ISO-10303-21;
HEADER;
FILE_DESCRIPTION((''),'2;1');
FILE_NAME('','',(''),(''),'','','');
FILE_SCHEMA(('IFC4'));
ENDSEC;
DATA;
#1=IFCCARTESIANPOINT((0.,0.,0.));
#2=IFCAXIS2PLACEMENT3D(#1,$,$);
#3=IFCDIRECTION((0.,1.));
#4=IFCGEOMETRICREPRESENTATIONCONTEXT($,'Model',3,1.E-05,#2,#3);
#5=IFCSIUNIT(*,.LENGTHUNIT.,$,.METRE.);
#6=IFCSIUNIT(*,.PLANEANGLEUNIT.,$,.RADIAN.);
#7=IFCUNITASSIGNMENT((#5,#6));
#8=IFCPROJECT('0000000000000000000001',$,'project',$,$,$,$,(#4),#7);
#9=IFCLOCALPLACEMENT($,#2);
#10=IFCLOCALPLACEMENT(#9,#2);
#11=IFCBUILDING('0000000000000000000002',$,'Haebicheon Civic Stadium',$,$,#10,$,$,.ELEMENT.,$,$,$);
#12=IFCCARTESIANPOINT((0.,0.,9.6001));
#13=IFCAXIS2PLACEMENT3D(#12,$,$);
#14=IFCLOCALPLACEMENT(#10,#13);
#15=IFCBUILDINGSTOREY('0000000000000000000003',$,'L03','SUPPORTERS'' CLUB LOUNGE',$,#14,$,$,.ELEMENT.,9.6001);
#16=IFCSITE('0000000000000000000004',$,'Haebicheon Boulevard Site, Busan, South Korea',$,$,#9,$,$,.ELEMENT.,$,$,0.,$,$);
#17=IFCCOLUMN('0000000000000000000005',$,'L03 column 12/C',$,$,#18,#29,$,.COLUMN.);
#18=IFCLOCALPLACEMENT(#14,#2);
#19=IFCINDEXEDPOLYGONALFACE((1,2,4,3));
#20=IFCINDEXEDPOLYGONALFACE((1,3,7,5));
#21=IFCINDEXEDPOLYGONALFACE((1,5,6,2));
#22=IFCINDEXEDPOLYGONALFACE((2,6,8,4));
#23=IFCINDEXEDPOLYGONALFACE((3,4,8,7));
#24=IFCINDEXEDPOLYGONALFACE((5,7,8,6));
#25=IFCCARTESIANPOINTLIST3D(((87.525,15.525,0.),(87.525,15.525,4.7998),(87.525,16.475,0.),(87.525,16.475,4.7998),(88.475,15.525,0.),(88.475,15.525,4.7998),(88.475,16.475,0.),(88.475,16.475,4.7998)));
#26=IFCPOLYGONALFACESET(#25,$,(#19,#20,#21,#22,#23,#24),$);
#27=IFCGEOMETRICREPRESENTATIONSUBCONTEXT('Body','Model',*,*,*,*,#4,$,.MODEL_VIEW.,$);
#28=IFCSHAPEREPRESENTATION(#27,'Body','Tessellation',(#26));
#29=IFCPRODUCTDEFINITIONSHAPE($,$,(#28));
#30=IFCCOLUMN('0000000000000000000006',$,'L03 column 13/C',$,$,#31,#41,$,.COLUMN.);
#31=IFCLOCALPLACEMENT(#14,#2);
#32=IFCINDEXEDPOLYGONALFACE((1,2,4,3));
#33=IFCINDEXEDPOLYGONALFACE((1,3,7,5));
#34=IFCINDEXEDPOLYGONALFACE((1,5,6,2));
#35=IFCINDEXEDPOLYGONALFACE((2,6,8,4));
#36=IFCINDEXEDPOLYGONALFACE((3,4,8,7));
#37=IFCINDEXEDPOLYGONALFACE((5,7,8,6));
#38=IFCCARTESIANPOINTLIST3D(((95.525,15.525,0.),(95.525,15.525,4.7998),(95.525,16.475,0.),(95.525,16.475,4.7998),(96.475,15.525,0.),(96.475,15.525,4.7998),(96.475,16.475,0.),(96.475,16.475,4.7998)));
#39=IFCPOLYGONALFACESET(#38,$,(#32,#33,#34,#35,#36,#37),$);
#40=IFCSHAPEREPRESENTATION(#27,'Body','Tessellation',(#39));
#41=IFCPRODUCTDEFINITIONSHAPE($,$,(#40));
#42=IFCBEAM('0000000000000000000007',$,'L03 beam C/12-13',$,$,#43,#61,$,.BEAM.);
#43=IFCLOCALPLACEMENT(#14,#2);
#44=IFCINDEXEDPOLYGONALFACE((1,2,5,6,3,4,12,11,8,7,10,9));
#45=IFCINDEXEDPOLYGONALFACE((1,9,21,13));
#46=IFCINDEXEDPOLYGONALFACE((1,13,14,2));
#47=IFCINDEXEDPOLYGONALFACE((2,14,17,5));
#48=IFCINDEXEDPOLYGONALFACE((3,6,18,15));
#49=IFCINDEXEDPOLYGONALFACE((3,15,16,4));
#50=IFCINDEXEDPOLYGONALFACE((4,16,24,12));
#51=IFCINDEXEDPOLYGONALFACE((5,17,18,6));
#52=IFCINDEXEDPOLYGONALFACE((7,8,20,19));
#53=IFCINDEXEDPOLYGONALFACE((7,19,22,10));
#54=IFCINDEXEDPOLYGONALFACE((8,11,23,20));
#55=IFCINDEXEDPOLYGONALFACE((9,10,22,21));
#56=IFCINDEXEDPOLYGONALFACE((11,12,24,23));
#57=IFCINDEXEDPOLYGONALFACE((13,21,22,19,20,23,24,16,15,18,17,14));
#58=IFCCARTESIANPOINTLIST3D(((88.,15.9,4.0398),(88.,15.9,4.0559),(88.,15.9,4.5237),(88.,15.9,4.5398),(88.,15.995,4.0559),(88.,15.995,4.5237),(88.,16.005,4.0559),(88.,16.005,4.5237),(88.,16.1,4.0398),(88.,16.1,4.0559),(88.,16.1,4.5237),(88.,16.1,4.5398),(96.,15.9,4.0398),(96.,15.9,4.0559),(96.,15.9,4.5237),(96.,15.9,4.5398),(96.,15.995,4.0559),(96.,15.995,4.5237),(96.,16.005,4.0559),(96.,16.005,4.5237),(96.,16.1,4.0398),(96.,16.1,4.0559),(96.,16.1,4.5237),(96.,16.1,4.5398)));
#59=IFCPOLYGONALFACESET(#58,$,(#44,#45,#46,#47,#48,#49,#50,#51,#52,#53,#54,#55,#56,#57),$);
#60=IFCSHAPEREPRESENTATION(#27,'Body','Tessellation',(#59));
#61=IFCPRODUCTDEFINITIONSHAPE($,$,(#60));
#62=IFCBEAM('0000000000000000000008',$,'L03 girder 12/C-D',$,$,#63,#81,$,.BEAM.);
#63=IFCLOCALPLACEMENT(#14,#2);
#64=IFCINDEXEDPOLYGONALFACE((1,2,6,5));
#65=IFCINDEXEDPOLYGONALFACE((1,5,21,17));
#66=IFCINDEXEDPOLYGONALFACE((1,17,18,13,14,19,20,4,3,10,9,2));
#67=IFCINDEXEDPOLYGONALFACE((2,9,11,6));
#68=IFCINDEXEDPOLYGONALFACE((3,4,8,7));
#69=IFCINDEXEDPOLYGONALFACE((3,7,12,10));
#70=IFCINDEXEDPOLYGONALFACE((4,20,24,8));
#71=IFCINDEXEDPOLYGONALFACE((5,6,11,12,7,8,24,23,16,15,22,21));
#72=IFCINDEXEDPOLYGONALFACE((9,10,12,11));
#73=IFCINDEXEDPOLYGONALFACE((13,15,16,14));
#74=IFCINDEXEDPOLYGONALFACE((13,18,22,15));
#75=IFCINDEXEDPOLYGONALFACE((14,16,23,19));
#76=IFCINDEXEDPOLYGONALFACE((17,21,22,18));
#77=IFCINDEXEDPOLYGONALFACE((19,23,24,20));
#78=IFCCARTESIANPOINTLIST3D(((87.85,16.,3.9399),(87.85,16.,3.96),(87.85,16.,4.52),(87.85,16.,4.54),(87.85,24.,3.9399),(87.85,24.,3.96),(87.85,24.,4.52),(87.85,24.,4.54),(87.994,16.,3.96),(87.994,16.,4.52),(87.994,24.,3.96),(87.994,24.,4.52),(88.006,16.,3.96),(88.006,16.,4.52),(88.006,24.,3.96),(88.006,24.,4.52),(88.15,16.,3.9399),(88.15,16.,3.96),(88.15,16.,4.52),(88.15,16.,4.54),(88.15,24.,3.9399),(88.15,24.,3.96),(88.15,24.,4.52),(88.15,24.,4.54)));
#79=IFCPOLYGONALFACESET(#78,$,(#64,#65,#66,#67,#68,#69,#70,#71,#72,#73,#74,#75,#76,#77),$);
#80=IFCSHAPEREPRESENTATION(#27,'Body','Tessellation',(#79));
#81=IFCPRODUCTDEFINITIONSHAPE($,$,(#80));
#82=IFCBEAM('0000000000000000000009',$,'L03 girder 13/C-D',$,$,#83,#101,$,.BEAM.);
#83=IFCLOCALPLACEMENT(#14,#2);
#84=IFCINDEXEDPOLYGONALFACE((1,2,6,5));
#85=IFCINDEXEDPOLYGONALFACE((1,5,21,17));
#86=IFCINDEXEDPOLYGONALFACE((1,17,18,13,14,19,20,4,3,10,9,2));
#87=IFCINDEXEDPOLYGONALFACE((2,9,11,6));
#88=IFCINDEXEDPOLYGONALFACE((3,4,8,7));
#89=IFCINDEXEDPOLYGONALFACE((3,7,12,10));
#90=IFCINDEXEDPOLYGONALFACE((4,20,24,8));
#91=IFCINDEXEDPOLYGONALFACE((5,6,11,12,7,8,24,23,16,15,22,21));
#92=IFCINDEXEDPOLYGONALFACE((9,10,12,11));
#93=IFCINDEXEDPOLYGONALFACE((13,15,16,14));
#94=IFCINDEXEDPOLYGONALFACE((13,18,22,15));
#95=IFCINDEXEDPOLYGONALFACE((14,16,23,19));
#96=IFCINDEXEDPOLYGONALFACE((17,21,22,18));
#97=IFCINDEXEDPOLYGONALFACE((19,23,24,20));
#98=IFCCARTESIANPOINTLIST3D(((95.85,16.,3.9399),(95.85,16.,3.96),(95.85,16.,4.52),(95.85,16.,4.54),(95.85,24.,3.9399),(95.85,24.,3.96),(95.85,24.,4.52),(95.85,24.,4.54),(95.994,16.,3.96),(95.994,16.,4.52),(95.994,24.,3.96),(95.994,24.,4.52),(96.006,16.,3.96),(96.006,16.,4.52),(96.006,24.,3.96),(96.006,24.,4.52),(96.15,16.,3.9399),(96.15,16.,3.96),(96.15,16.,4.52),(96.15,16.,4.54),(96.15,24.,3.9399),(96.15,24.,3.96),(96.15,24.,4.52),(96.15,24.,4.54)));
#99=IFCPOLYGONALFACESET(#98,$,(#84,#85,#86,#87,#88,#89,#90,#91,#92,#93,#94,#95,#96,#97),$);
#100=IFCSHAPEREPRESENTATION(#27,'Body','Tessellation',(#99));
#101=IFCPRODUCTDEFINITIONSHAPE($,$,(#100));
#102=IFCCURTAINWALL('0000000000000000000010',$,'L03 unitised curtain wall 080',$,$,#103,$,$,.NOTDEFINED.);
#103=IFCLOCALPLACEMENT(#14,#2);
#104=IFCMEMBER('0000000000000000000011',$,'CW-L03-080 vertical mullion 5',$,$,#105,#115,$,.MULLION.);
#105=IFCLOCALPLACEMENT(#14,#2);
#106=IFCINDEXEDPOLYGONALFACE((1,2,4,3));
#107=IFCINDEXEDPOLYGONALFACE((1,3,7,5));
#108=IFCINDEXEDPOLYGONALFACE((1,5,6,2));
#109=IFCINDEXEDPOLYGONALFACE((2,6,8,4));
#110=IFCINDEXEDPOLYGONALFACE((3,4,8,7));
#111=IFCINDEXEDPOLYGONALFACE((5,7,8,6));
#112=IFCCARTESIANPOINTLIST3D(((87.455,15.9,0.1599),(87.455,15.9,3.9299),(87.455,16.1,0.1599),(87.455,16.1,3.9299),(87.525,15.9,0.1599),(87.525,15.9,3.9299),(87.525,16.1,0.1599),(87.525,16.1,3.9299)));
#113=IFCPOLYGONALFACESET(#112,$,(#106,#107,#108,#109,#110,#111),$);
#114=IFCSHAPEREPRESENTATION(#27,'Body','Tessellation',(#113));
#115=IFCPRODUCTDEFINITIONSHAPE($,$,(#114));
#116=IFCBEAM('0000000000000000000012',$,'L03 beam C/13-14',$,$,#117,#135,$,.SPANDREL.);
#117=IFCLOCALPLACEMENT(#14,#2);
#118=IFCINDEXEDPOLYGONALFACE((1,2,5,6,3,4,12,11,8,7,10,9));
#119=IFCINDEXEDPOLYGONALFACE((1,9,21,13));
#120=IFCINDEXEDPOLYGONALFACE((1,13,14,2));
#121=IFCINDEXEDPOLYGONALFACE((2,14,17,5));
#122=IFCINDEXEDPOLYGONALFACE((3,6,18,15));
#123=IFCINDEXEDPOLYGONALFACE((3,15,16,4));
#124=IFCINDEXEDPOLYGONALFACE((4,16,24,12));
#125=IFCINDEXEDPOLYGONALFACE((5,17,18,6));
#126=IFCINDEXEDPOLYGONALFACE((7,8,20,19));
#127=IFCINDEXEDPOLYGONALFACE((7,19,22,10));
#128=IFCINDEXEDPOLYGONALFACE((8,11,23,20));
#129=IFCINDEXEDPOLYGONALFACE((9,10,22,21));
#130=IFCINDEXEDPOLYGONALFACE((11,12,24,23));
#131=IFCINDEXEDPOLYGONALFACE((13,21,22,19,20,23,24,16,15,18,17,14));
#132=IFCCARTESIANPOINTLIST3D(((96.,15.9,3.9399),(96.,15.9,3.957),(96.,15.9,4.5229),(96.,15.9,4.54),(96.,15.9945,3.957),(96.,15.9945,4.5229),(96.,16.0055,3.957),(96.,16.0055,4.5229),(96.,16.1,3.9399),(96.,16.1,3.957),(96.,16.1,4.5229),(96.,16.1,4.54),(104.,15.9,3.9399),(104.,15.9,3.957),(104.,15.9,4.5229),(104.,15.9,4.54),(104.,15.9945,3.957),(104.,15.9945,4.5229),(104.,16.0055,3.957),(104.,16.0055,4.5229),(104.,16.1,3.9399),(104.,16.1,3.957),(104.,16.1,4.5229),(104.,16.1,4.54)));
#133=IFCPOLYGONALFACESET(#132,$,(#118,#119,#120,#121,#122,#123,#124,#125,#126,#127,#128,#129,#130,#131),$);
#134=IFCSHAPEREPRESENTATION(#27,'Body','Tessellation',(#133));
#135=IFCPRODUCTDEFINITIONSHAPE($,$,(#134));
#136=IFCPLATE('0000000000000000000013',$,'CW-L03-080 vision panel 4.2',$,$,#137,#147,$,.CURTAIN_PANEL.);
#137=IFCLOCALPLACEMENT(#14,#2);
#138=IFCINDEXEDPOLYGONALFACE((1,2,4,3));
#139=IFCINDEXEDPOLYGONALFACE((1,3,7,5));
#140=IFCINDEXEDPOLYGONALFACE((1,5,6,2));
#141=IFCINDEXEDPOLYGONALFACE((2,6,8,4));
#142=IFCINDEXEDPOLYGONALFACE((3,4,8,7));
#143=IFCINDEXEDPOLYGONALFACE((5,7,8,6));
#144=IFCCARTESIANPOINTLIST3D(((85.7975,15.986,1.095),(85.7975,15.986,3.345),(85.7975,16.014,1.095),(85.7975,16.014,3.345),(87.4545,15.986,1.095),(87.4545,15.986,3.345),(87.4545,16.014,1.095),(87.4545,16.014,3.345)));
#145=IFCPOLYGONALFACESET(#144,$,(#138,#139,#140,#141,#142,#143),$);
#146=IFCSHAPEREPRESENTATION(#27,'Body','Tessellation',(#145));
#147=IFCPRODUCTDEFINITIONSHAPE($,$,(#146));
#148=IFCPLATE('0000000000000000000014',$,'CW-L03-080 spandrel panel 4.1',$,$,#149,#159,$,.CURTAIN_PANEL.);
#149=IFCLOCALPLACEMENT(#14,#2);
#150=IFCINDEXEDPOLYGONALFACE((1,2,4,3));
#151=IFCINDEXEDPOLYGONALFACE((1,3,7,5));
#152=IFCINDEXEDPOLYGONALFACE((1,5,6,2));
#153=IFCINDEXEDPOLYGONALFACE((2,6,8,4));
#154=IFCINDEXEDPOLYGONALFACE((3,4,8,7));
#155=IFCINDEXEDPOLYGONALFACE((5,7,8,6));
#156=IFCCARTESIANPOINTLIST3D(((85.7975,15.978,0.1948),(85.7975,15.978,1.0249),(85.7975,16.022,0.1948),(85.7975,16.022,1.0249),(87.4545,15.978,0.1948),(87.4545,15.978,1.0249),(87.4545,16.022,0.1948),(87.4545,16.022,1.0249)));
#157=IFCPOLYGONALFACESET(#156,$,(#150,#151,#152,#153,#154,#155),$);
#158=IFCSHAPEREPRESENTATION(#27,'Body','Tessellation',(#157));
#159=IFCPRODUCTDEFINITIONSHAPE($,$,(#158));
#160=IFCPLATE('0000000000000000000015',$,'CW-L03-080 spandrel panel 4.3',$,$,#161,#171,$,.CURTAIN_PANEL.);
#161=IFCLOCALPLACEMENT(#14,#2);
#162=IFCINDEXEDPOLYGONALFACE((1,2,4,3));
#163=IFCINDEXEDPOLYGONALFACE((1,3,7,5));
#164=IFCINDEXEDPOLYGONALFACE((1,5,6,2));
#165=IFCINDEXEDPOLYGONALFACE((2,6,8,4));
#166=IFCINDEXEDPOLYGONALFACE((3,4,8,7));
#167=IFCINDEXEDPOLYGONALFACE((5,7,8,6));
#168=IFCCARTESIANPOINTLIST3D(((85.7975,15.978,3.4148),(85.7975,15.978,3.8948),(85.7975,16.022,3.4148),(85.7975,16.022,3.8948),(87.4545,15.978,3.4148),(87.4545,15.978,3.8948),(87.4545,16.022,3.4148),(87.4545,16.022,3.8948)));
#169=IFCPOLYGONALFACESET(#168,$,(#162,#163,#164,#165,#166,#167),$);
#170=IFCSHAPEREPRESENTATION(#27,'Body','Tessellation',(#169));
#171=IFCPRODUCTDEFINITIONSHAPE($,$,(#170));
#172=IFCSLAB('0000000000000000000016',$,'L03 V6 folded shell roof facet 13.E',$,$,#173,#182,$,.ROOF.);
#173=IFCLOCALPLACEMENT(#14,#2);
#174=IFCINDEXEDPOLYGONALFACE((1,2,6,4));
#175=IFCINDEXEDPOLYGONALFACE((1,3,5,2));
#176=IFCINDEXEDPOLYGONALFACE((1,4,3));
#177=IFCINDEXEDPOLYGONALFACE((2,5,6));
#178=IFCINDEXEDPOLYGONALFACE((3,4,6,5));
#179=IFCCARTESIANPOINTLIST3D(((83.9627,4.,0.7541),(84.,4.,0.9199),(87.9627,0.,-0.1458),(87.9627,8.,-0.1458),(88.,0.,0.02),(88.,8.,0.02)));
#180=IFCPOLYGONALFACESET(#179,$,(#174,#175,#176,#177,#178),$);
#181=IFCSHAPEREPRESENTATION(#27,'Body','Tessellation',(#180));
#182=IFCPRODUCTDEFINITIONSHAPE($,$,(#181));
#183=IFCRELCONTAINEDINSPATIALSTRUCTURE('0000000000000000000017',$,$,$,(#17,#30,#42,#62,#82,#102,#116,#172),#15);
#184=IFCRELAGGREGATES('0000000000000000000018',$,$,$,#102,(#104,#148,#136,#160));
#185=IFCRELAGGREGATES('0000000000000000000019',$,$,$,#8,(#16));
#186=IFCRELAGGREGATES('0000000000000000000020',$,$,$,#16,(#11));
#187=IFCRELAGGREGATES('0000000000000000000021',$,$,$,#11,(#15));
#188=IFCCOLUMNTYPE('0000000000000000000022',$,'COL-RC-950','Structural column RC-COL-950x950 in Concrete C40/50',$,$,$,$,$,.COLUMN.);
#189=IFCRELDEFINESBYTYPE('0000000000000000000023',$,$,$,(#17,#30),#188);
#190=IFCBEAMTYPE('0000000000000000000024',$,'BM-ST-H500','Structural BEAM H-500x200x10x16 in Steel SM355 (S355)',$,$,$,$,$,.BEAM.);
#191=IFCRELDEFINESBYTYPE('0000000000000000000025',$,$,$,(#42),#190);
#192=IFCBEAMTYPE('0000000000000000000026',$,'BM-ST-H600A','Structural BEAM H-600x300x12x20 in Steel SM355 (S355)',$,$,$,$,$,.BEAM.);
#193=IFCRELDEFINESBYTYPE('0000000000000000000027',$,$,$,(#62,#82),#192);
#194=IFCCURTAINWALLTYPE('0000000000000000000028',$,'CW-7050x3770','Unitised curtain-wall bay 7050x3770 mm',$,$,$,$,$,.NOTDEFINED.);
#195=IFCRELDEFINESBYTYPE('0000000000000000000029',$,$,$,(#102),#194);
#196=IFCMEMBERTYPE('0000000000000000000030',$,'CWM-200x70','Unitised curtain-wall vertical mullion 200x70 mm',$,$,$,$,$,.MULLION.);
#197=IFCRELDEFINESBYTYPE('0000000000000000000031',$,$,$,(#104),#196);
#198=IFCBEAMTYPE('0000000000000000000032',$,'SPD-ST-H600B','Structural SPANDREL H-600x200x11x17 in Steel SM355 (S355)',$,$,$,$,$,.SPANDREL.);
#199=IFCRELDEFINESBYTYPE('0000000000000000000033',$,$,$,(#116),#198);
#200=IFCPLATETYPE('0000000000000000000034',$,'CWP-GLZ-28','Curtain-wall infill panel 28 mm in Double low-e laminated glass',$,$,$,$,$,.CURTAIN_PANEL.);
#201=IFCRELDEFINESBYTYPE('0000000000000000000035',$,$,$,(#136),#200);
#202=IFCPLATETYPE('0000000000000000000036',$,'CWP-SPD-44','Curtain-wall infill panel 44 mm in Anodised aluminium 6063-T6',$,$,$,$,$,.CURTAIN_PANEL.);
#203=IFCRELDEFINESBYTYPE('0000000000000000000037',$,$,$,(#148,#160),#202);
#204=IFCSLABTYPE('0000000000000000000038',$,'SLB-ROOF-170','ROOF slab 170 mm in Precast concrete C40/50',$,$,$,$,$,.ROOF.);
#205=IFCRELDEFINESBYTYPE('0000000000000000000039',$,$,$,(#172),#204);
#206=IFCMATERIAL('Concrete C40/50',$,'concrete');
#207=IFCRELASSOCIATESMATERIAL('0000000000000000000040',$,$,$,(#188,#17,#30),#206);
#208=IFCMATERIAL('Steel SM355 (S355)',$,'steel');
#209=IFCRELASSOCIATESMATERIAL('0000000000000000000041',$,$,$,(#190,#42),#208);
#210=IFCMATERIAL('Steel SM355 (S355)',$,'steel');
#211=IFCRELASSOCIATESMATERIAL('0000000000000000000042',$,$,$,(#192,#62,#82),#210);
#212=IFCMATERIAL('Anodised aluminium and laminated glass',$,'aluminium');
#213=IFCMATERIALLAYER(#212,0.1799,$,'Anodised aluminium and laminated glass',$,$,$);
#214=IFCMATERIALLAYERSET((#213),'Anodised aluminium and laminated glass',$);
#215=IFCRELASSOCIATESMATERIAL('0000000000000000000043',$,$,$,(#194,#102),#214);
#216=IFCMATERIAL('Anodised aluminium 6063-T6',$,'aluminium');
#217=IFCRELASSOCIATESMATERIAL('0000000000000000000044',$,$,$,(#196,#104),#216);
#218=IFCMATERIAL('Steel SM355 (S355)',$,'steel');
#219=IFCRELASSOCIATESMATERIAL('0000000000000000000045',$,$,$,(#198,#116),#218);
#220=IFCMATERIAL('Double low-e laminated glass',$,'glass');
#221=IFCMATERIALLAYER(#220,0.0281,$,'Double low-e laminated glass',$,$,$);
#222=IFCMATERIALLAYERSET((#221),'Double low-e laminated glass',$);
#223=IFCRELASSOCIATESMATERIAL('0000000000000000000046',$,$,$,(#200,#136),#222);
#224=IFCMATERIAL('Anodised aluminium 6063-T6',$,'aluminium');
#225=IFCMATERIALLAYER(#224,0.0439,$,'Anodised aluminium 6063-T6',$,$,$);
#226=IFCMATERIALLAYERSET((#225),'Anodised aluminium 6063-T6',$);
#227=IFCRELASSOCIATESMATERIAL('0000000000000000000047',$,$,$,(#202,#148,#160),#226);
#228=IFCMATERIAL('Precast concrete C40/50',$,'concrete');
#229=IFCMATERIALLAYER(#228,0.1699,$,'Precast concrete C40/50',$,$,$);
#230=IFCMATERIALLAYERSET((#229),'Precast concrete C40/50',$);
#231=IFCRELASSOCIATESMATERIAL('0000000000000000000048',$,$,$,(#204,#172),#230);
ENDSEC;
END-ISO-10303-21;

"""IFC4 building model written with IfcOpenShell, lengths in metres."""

from ifc_helpers import new_model, si_unit, direction, frame, origin, origin_2d, place, context, subcontext, project, spatial, polyline, rectangle, i_section, outline, extrude, material, layer, layer_set, material_profile, profile_set, type_object, element, aggregate, save


model = new_model("IFC4")

# Units and contexts
model_context = context("Model", 3, precision=1e-05, world=origin(), true_north=direction((0.0, 1.0)))
body_context = subcontext(model_context, "Body", "Model", "MODEL_VIEW")
ifc_project = project(units=[si_unit("LENGTHUNIT", "METRE"), si_unit("PLANEANGLEUNIT", "RADIAN")], contexts=[model_context])

# Site, building, storey
site_placement = place(None, origin())
site = spatial("IfcSite", under=ifc_project, at=site_placement, Name="Haebicheon Boulevard Site, Busan, South Korea", CompositionType="ELEMENT", RefElevation=0.0)
building_placement = place(site_placement, origin())
building = spatial("IfcBuilding", under=site, at=building_placement, Name="Haebicheon Civic Stadium", CompositionType="ELEMENT")
storey_placement = place(building_placement, frame((0.0, 0.0, 9.6001)))
storey = spatial("IfcBuildingStorey", under=building, at=storey_placement, Name="L03", Description="SUPPORTERS' CLUB LOUNGE", CompositionType="ELEMENT", Elevation=9.6001)

# Columns
ifc_material_1 = material(Name="Concrete C40/50", Category="concrete")
ifc_material_profile_1 = material_profile(ifc_material_1, rectangle(XDim=0.95, YDim=0.95, at=origin_2d()), Name="RC-COL-950x950")
ifc_profile_set_1 = profile_set([ifc_material_profile_1], Name="Concrete C40/50")
column_type = type_object("IfcColumnType", Name="COL-RC-950", Description="Structural column RC-COL-950x950 in Concrete C40/50", PredefinedType="COLUMN", material=ifc_profile_set_1)
for number, where, z_axis, x_axis, name in (
    (1, (88.0, 16.0, 0.0), (0.0, 0.0, 1.0), (1.0, 0.0, 0.0), "L03 column 12/C"),
    (2, (96.0, 16.0, 0.0), (0.0, 0.0, 1.0), (1.0, 0.0, 0.0), "L03 column 13/C"),
):
    element("IfcColumn", number, at=place(storey_placement, frame(where, z_axis=z_axis, x_axis=x_axis)), inside=storey, type_object=column_type, material=ifc_profile_set_1, Name=name, PredefinedType="COLUMN", context=body_context, shape_type="SweptSolid", body=[
        extrude(rectangle(XDim=0.95, YDim=0.95, at=origin_2d()), origin(), (0.0, 0.0, 1.0), 4.7998),
    ])

# Beams
ifc_material_2 = material(Name="Steel SM355 (S355)", Category="steel")
ifc_material_profile_2 = material_profile(ifc_material_2, i_section(OverallWidth=0.2, OverallDepth=0.5, WebThickness=0.01, FlangeThickness=0.0161, at=origin_2d()), Name="H-500x200x10x16")
ifc_profile_set_2 = profile_set([ifc_material_profile_2], Name="Steel SM355 (S355)")
beam_type_1 = type_object("IfcBeamType", Name="BM-ST-H500", Description="Structural BEAM H-500x200x10x16 in Steel SM355 (S355)", PredefinedType="BEAM", material=ifc_profile_set_2)
beam_1_placement = place(storey_placement, frame((88.0, 16.0, 4.2898), z_axis=(1.0, 0.0, 0.0), x_axis=(0.0, 1.0, 0.0)))
element("IfcBeam", 3, at=beam_1_placement, inside=storey, type_object=beam_type_1, material=ifc_profile_set_2, Name="L03 beam C/12-13", PredefinedType="BEAM", context=body_context, shape_type="SweptSolid", body=[
    extrude(i_section(OverallWidth=0.2, OverallDepth=0.5, WebThickness=0.01, FlangeThickness=0.0161, at=origin_2d()), origin(), (0.0, 0.0, 1.0), 8.0),
])
ifc_material_3 = material(Name="Steel SM355 (S355)", Category="steel")
ifc_material_profile_3 = material_profile(ifc_material_3, i_section(OverallWidth=0.3, OverallDepth=0.6001, WebThickness=0.012, FlangeThickness=0.02, at=origin_2d()), Name="H-600x300x12x20")
ifc_profile_set_3 = profile_set([ifc_material_profile_3], Name="Steel SM355 (S355)")
beam_type_2 = type_object("IfcBeamType", Name="BM-ST-H600A", Description="Structural BEAM H-600x300x12x20 in Steel SM355 (S355)", PredefinedType="BEAM", material=ifc_profile_set_3)
for number, where, z_axis, x_axis, name in (
    (4, (88.0, 16.0, 4.24), (0.0, 1.0, 0.0), (-1.0, 0.0, 0.0), "L03 girder 12/C-D"),
    (5, (96.0, 16.0, 4.24), (0.0, 1.0, 0.0), (-1.0, 0.0, 0.0), "L03 girder 13/C-D"),
):
    element("IfcBeam", number, at=place(storey_placement, frame(where, z_axis=z_axis, x_axis=x_axis)), inside=storey, type_object=beam_type_2, material=ifc_profile_set_3, Name=name, PredefinedType="BEAM", context=body_context, shape_type="SweptSolid", body=[
        extrude(i_section(OverallWidth=0.3, OverallDepth=0.6001, WebThickness=0.012, FlangeThickness=0.02, at=origin_2d()), origin(), (0.0, 0.0, 1.0), 8.0),
    ])

# Curtain wall, member
ifc_material_4 = material(Name="Anodised aluminium and laminated glass", Category="aluminium")
ifc_layer_1 = layer(ifc_material_4, 0.1799, Name="Anodised aluminium and laminated glass")
ifc_layer_set_1 = layer_set([ifc_layer_1], Name="Anodised aluminium and laminated glass")
curtain_wall_type = type_object("IfcCurtainWallType", Name="CW-7050x3770", Description="Unitised curtain-wall bay 7050x3770 mm", PredefinedType="NOTDEFINED", material=ifc_layer_set_1)
curtain_wall_placement = place(storey_placement, origin())
curtain_wall = element("IfcCurtainWall", 6, at=curtain_wall_placement, inside=storey, type_object=curtain_wall_type, material=ifc_layer_set_1, Name="L03 unitised curtain wall 080", PredefinedType="NOTDEFINED")
ifc_material_5 = material(Name="Anodised aluminium 6063-T6", Category="aluminium")
ifc_material_profile_4 = material_profile(ifc_material_5, rectangle(XDim=0.0701, YDim=0.2, at=origin_2d()), Name="ALU-MULL-70x200")
ifc_profile_set_4 = profile_set([ifc_material_profile_4], Name="Anodised aluminium 6063-T6")
member_type = type_object("IfcMemberType", Name="CWM-200x70", Description="Unitised curtain-wall vertical mullion 200x70 mm", PredefinedType="MULLION", material=ifc_profile_set_4)
member_placement = place(storey_placement, frame((87.49, 16.0, 0.1599), z_axis=(0.0, 0.0, 1.0), x_axis=(1.0, 0.0, 0.0)))
member = element("IfcMember", 7, at=member_placement, type_object=member_type, material=ifc_profile_set_4, Name="CW-L03-080 vertical mullion 5", PredefinedType="MULLION", context=body_context, shape_type="SweptSolid", body=[
    extrude(rectangle(XDim=0.0701, YDim=0.2, at=origin_2d()), origin(), (0.0, 0.0, 1.0), 3.77),
])

# Beam
ifc_material_6 = material(Name="Steel SM355 (S355)", Category="steel")
ifc_material_profile_5 = material_profile(ifc_material_6, i_section(OverallWidth=0.2, OverallDepth=0.6001, WebThickness=0.011, FlangeThickness=0.0171, at=origin_2d()), Name="H-600x200x11x17")
ifc_profile_set_5 = profile_set([ifc_material_profile_5], Name="Steel SM355 (S355)")
beam_type_3 = type_object("IfcBeamType", Name="SPD-ST-H600B", Description="Structural SPANDREL H-600x200x11x17 in Steel SM355 (S355)", PredefinedType="SPANDREL", material=ifc_profile_set_5)
beam_2_placement = place(storey_placement, frame((96.0, 16.0, 4.24), z_axis=(1.0, 0.0, 0.0), x_axis=(0.0, 1.0, 0.0)))
element("IfcBeam", 8, at=beam_2_placement, inside=storey, type_object=beam_type_3, material=ifc_profile_set_5, Name="L03 beam C/13-14", PredefinedType="SPANDREL", context=body_context, shape_type="SweptSolid", body=[
    extrude(i_section(OverallWidth=0.2, OverallDepth=0.6001, WebThickness=0.011, FlangeThickness=0.0171, at=origin_2d()), origin(), (0.0, 0.0, 1.0), 8.0),
])

# Plates
ifc_material_7 = material(Name="Double low-e laminated glass", Category="glass")
ifc_layer_2 = layer(ifc_material_7, 0.0281, Name="Double low-e laminated glass")
ifc_layer_set_2 = layer_set([ifc_layer_2], Name="Double low-e laminated glass")
plate_type_1 = type_object("IfcPlateType", Name="CWP-GLZ-28", Description="Curtain-wall infill panel 28 mm in Double low-e laminated glass", PredefinedType="CURTAIN_PANEL", material=ifc_layer_set_2)
plate_1_placement = place(storey_placement, frame((86.626, 16.0, 1.095), z_axis=(0.0, 0.0, 1.0), x_axis=(1.0, 0.0, 0.0)))
plate_1 = element("IfcPlate", 9, at=plate_1_placement, type_object=plate_type_1, material=ifc_layer_set_2, Name="CW-L03-080 vision panel 4.2", PredefinedType="CURTAIN_PANEL", context=body_context, shape_type="SweptSolid", body=[
    extrude(rectangle(XDim=1.657, YDim=0.0281, at=origin_2d()), origin(), (0.0, 0.0, 1.0), 2.25),
])
ifc_material_8 = material(Name="Anodised aluminium 6063-T6", Category="aluminium")
ifc_layer_3 = layer(ifc_material_8, 0.0439, Name="Anodised aluminium 6063-T6")
ifc_layer_set_3 = layer_set([ifc_layer_3], Name="Anodised aluminium 6063-T6")
plate_type_2 = type_object("IfcPlateType", Name="CWP-SPD-44", Description="Curtain-wall infill panel 44 mm in Anodised aluminium 6063-T6", PredefinedType="CURTAIN_PANEL", material=ifc_layer_set_3)
plate_2_placement = place(storey_placement, frame((86.626, 16.0, 0.1948), z_axis=(0.0, 0.0, 1.0), x_axis=(1.0, 0.0, 0.0)))
plate_2 = element("IfcPlate", 10, at=plate_2_placement, type_object=plate_type_2, material=ifc_layer_set_3, Name="CW-L03-080 spandrel panel 4.1", PredefinedType="CURTAIN_PANEL", context=body_context, shape_type="SweptSolid", body=[
    extrude(rectangle(XDim=1.657, YDim=0.0439, at=origin_2d()), origin(), (0.0, 0.0, 1.0), 0.8301),
])
plate_3_placement = place(storey_placement, frame((86.626, 16.0, 3.4148), z_axis=(0.0, 0.0, 1.0), x_axis=(1.0, 0.0, 0.0)))
plate_3 = element("IfcPlate", 11, at=plate_3_placement, type_object=plate_type_2, material=ifc_layer_set_3, Name="CW-L03-080 spandrel panel 4.3", PredefinedType="CURTAIN_PANEL", context=body_context, shape_type="SweptSolid", body=[
    extrude(rectangle(XDim=1.657, YDim=0.0439, at=origin_2d()), origin(), (0.0, 0.0, 1.0), 0.48),
])
aggregate(curtain_wall, [member, plate_2, plate_1, plate_3])

# Slab
ifc_material_9 = material(Name="Precast concrete C40/50", Category="concrete")
ifc_layer_4 = layer(ifc_material_9, 0.1699, Name="Precast concrete C40/50")
ifc_layer_set_4 = layer_set([ifc_layer_4], Name="Precast concrete C40/50")
slab_type = type_object("IfcSlabType", Name="SLB-ROOF-170", Description="ROOF slab 170 mm in Precast concrete C40/50", PredefinedType="ROOF", material=ifc_layer_set_4)
for number, where, z_axis, x_axis, name in (
    (12, (88.0, 0.0, 0.02), (0.21949, 0.0, 0.975615), (0.0, 1.0, 0.0), "L03 V6 folded shell roof facet 13.E"),
):
    element("IfcSlab", number, at=place(storey_placement, frame(where, z_axis=z_axis, x_axis=x_axis)), inside=storey, type_object=slab_type, material=ifc_layer_set_4, Name=name, PredefinedType="ROOF", context=body_context, shape_type="SweptSolid", body=[
        extrude(outline(polyline([(0.0, 0.0), (8.0, 0.0), (4.0, 4.1), (0.0, 0.0)])), origin(), (0.0, 0.0, -1.0), 0.1699),
    ])

save(model, "model.ifc")
